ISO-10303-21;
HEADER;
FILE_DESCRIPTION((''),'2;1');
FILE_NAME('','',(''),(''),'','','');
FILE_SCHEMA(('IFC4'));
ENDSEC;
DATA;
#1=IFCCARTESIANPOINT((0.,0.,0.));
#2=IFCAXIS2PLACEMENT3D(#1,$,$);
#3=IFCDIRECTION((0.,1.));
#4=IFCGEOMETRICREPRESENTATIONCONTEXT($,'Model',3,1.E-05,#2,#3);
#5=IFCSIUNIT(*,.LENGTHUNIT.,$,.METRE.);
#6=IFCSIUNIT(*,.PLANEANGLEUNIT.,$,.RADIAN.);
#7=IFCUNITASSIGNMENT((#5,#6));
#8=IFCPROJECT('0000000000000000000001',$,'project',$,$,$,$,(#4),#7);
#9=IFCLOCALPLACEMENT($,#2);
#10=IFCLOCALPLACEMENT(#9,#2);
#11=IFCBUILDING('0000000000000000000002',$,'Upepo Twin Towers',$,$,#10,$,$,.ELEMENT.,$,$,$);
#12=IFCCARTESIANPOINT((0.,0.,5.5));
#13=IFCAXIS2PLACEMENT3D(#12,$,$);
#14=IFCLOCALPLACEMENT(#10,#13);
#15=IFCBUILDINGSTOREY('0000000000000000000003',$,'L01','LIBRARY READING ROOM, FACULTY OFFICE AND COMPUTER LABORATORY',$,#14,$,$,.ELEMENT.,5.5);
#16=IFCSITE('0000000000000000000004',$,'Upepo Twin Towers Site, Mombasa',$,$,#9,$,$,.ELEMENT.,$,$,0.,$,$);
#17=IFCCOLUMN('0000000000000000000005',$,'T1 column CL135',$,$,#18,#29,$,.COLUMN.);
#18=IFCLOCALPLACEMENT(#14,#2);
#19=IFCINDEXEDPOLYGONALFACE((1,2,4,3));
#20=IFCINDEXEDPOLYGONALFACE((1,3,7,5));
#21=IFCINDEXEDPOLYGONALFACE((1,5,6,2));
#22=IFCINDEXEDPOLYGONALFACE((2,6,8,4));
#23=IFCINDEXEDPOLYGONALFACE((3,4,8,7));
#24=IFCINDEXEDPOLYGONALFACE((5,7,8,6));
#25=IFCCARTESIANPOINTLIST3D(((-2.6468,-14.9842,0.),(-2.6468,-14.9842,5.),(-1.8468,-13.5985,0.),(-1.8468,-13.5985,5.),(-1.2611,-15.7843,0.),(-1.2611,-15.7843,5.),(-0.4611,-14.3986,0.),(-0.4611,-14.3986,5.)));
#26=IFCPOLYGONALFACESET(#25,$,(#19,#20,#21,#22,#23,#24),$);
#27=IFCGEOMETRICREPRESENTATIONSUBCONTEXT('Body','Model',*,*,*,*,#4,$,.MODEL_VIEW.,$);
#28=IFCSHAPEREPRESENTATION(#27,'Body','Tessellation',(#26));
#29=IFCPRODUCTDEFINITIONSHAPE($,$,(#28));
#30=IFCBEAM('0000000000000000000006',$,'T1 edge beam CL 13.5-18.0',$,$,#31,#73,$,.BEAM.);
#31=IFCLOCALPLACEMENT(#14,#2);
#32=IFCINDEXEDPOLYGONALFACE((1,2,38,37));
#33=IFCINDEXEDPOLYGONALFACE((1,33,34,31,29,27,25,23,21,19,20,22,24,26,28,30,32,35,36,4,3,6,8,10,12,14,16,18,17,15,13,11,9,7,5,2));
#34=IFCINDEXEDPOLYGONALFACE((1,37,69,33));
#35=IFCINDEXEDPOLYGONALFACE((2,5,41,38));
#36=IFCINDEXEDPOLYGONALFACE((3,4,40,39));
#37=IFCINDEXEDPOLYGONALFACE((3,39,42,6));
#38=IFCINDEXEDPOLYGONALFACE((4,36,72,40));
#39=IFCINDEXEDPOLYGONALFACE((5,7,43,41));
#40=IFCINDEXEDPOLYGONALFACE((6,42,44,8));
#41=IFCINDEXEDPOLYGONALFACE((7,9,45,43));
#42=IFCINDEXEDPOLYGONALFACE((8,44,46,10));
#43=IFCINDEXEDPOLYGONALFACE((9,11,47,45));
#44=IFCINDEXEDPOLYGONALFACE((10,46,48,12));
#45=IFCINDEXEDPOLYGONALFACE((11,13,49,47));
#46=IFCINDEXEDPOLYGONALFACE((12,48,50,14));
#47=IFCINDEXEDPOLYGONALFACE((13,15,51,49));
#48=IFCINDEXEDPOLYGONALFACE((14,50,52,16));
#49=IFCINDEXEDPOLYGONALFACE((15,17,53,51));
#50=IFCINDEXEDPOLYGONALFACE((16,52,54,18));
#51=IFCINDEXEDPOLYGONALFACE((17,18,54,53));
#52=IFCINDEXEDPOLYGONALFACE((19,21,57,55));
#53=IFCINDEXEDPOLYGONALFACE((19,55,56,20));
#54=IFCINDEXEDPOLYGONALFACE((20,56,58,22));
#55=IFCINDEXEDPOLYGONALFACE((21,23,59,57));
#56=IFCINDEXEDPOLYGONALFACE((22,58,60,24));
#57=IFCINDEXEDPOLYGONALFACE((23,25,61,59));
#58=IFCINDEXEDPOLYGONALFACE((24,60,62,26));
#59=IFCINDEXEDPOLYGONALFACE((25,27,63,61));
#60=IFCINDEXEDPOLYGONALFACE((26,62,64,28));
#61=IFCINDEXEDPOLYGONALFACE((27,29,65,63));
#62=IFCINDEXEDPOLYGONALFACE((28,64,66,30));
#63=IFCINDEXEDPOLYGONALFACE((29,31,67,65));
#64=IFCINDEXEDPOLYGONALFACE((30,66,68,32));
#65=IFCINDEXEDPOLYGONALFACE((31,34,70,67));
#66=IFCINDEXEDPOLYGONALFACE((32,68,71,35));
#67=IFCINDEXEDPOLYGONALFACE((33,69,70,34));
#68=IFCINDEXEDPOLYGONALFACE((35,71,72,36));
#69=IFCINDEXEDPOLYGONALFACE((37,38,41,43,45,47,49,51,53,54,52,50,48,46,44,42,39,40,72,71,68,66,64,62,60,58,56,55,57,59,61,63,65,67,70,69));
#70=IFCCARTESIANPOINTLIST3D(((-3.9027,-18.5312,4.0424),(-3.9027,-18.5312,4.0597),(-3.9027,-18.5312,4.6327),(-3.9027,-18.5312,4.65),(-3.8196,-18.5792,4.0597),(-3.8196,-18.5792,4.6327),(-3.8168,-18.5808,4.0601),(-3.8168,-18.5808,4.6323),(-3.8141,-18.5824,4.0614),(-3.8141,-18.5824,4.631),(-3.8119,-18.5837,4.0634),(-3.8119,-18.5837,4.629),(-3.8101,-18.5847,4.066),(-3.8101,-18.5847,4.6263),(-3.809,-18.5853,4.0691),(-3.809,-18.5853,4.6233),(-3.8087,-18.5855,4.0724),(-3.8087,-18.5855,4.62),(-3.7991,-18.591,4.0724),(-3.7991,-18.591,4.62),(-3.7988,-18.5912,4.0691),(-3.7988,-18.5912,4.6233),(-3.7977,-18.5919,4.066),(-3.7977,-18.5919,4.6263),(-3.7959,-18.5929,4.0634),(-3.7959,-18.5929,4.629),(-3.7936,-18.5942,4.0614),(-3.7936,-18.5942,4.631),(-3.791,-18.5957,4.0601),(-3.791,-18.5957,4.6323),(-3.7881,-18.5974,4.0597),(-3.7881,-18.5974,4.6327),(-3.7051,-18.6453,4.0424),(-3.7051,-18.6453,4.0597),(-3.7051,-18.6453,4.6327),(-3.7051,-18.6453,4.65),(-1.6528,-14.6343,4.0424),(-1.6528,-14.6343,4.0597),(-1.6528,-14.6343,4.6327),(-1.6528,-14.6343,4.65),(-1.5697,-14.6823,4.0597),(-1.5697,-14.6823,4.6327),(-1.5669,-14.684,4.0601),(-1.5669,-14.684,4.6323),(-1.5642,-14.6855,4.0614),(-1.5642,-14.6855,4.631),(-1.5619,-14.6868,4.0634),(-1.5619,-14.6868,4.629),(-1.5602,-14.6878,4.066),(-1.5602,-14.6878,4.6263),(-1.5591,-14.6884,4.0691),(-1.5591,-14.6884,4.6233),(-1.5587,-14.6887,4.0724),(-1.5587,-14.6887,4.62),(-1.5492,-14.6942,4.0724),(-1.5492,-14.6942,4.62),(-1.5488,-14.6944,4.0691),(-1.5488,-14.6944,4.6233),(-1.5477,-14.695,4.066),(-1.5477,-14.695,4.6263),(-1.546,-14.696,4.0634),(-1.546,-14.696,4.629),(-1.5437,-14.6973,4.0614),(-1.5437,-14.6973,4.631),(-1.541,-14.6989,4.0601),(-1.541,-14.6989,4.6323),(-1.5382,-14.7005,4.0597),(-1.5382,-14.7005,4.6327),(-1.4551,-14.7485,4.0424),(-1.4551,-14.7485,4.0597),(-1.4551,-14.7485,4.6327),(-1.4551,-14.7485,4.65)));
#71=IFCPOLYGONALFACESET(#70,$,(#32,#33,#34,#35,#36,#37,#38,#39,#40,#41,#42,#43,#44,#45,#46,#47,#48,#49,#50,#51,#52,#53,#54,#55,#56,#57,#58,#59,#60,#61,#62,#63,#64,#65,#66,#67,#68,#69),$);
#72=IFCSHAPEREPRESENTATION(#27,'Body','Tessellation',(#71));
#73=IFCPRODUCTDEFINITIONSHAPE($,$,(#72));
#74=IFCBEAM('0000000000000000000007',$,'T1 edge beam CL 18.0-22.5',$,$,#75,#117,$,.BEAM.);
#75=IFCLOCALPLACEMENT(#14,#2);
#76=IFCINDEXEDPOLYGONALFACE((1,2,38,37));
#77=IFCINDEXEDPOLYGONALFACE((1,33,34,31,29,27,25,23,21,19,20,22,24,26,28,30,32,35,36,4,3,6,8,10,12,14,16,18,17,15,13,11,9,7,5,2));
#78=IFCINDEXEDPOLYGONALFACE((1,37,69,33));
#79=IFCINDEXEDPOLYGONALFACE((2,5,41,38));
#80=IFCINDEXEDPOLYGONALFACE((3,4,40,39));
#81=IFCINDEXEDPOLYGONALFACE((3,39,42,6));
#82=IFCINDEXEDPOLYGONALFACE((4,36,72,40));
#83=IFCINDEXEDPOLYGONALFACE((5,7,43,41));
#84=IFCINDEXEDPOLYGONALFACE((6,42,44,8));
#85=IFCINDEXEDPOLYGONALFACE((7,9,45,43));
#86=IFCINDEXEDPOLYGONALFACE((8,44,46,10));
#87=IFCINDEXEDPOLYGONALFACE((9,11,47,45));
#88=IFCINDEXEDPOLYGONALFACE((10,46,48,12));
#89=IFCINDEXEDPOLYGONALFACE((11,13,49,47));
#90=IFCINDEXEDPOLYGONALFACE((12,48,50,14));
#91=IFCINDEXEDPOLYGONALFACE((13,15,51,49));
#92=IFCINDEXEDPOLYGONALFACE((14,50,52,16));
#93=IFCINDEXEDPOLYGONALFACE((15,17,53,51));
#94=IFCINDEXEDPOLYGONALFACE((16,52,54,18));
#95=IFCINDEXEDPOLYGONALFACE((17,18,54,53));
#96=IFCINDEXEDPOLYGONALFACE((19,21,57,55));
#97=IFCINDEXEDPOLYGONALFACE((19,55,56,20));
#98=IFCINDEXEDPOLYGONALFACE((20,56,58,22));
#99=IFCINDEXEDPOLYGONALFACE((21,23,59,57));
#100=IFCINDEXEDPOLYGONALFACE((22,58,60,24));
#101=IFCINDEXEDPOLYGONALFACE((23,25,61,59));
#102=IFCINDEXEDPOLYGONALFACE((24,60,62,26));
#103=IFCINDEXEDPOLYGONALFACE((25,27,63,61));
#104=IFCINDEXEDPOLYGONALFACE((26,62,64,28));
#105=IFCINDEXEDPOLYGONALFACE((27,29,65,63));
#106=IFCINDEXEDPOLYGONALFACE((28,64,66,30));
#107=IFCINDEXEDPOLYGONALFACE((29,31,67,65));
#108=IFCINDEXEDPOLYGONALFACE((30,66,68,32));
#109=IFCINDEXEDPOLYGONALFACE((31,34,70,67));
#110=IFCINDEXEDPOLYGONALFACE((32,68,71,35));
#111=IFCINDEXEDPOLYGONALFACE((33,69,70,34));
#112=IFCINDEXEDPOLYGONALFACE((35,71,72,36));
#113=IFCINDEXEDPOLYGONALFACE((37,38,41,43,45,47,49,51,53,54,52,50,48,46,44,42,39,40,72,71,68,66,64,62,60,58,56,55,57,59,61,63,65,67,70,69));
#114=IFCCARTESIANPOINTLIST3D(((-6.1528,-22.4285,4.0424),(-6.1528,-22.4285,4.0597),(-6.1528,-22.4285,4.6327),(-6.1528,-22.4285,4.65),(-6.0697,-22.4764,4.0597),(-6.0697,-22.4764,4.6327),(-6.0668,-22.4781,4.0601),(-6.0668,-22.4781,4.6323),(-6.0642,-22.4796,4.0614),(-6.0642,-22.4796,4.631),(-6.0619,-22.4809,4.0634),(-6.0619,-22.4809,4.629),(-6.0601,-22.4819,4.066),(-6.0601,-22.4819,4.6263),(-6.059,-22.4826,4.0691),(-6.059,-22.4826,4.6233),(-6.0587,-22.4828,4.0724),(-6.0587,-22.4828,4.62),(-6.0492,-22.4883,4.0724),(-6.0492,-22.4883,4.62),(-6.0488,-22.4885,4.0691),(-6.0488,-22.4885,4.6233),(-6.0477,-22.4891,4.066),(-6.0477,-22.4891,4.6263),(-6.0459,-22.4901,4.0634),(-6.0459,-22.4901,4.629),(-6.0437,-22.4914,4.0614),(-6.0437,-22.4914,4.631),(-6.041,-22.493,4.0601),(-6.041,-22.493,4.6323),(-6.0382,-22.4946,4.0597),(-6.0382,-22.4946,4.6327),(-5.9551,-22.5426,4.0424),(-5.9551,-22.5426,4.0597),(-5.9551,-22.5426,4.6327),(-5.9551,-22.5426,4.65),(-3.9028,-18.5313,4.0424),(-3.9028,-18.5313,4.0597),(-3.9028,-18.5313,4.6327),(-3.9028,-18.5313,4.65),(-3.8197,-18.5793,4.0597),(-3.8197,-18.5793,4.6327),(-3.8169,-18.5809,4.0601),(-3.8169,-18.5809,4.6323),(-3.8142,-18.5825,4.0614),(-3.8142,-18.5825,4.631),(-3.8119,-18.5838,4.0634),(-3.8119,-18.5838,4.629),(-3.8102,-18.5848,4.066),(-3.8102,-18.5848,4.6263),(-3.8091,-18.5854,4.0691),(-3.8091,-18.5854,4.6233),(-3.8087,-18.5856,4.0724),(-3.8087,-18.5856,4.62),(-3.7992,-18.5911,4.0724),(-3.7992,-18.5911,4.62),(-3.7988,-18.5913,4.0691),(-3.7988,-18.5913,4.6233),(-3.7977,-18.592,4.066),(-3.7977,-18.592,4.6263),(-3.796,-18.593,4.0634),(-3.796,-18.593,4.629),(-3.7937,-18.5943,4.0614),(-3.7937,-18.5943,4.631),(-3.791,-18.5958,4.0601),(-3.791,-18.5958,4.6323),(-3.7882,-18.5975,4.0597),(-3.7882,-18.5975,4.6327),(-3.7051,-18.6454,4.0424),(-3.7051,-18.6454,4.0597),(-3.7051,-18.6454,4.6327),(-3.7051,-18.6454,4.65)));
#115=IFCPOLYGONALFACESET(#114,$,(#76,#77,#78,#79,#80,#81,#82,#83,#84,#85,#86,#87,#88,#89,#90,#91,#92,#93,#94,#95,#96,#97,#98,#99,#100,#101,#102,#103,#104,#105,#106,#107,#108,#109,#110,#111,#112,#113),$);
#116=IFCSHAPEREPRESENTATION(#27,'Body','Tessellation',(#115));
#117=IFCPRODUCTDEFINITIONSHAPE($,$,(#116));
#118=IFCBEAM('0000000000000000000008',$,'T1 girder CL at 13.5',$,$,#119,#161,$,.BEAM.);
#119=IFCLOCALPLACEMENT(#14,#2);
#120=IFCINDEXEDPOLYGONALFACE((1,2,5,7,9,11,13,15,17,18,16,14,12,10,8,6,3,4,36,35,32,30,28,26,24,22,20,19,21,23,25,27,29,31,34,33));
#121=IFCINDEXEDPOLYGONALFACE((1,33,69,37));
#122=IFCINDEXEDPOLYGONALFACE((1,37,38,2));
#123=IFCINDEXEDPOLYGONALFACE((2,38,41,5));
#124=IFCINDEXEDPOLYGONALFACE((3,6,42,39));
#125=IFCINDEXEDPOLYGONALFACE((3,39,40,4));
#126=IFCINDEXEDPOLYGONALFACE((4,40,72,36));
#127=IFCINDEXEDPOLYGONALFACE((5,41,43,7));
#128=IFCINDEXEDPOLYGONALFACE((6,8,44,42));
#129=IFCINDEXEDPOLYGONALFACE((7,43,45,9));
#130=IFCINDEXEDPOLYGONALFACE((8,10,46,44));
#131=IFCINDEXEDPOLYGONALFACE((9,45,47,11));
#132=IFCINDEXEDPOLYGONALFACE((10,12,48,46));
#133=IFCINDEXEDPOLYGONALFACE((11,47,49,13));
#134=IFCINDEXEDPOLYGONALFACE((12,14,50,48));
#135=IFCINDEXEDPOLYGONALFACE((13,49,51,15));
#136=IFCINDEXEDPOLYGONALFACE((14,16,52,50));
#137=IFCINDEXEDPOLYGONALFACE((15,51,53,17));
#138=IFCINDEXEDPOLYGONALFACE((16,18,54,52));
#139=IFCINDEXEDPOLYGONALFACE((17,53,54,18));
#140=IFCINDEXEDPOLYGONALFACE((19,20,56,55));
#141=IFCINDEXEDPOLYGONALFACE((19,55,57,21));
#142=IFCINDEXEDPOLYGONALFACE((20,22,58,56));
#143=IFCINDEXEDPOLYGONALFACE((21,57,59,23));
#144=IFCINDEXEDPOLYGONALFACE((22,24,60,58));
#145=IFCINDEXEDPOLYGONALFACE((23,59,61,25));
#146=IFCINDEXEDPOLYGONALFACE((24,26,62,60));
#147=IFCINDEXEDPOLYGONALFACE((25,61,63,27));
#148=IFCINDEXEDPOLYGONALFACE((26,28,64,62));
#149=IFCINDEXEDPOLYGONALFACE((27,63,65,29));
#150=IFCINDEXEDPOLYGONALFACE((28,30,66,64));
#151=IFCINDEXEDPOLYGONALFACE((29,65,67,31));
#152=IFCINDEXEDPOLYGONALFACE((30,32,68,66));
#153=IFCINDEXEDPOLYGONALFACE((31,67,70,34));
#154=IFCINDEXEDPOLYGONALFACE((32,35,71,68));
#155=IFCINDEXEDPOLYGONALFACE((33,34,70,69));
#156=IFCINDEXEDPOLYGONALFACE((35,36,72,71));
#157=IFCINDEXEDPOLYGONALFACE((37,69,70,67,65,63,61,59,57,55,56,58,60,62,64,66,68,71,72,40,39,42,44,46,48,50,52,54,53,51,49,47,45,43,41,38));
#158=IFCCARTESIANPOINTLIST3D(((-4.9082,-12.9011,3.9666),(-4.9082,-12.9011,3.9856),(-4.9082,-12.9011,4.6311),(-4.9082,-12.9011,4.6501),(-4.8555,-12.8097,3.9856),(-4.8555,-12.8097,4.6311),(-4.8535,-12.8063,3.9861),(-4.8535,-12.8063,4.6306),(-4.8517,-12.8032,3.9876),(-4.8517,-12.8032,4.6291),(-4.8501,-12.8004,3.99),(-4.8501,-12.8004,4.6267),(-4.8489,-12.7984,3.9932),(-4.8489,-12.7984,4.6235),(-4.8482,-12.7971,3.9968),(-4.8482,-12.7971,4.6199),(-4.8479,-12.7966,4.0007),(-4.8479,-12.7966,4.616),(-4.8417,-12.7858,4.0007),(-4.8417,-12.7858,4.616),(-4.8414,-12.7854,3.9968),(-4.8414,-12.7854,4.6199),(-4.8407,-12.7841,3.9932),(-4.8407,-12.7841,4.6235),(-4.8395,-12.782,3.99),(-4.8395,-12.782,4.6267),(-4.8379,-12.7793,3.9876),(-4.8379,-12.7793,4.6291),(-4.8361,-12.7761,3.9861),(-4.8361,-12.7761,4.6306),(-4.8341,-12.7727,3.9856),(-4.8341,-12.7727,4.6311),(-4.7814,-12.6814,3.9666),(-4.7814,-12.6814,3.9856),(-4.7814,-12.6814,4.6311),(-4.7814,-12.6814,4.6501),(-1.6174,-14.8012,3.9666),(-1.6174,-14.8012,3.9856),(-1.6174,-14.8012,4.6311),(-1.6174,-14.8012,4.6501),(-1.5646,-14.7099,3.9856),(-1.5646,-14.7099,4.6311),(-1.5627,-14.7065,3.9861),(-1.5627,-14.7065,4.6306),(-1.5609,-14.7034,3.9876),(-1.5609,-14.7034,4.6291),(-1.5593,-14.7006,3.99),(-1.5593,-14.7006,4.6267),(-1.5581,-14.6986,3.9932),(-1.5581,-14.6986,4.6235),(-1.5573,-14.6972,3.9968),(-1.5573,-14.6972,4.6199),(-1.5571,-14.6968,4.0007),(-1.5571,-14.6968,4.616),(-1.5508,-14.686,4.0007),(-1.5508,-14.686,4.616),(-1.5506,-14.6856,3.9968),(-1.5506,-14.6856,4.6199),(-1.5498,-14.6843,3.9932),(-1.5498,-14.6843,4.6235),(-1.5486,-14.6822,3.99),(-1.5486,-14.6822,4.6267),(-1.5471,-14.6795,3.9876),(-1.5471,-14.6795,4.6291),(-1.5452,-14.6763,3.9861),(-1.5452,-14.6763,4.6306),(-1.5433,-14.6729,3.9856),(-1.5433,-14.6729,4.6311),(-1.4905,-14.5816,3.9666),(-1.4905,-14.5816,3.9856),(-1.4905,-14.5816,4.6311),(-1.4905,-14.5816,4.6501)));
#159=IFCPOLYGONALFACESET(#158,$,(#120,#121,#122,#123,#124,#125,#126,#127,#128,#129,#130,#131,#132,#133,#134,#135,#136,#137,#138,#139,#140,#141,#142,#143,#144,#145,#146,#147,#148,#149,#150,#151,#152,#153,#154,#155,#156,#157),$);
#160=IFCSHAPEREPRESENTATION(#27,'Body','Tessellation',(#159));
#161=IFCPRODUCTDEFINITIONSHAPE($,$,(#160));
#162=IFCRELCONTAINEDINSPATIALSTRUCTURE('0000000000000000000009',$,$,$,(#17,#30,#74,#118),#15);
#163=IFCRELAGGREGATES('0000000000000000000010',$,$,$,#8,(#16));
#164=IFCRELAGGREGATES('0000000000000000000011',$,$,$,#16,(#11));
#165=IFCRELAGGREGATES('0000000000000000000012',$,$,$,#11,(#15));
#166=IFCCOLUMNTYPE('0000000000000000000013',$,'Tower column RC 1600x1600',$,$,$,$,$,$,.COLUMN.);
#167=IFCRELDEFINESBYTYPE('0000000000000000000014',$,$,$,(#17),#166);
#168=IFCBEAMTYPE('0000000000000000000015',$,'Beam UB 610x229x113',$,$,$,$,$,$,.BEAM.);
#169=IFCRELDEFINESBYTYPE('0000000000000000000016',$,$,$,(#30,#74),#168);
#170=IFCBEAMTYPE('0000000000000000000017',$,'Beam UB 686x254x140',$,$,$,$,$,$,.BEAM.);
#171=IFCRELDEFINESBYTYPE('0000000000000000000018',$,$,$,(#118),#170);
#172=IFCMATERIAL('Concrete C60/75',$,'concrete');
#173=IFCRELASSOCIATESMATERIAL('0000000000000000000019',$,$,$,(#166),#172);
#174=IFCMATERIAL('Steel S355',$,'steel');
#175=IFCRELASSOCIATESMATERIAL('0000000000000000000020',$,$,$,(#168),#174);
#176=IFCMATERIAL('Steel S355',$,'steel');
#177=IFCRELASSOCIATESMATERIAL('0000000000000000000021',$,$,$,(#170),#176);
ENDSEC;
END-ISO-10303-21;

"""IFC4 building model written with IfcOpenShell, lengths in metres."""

from ifc_helpers import new_model, si_unit, direction, frame, origin, origin_2d, place, context, subcontext, project, spatial, rectangle, i_section, extrude, material, material_profile, profile_set, type_object, element, save


model = new_model("IFC4")

# Units and contexts
model_context = context("Model", 3, precision=1e-05, world=origin(), true_north=direction((0.0, 1.0)))
body_context = subcontext(model_context, "Body", "Model", "MODEL_VIEW")
ifc_project = project(units=[si_unit("LENGTHUNIT", "METRE"), si_unit("PLANEANGLEUNIT", "RADIAN")], contexts=[model_context])

# Site, building, storey
site_placement = place(None, origin())
site = spatial("IfcSite", under=ifc_project, at=site_placement, Name="Upepo Twin Towers Site, Mombasa", CompositionType="ELEMENT", RefElevation=0.0)
building_placement = place(site_placement, origin())
building = spatial("IfcBuilding", under=site, at=building_placement, Name="Upepo Twin Towers", CompositionType="ELEMENT")
storey_placement = place(building_placement, frame((0.0, 0.0, 5.5)))
storey = spatial("IfcBuildingStorey", under=building, at=storey_placement, Name="L01", Description="LIBRARY READING ROOM, FACULTY OFFICE AND COMPUTER LABORATORY", CompositionType="ELEMENT", Elevation=5.5)

# Column
ifc_material_1 = material(Name="Concrete C60/75", Category="concrete")
ifc_material_profile_1 = material_profile(ifc_material_1, rectangle(XDim=1.6001, YDim=1.6001, at=origin_2d()), Name="RC 1600x1600")
ifc_profile_set_1 = profile_set([ifc_material_profile_1], Name="Concrete C60/75")
column_type = type_object("IfcColumnType", Name="Tower column RC 1600x1600", PredefinedType="COLUMN", material=ifc_profile_set_1)
column_placement = place(storey_placement, frame((-1.554, -14.6914, 0.0), z_axis=(0.0, 0.0, 1.0), x_axis=(0.5, 0.866025, 0.0)))
element("IfcColumn", 1, at=column_placement, inside=storey, type_object=column_type, Name="T1 column CL135", PredefinedType="COLUMN", context=body_context, shape_type="SweptSolid", body=[
    extrude(rectangle(XDim=1.6001, YDim=1.6001, at=origin_2d()), origin(), (0.0, 0.0, 1.0), 5.0),
])

# Beams
ifc_material_2 = material(Name="Steel S355", Category="steel")
ifc_material_profile_2 = material_profile(ifc_material_2, i_section(OverallWidth=0.2283, OverallDepth=0.6077, WebThickness=0.011, FlangeThickness=0.0173, FilletRadius=0.0127, at=origin_2d()), Name="UB 610x229x113")
ifc_profile_set_2 = profile_set([ifc_material_profile_2], Name="Steel S355")
beam_type_1 = type_object("IfcBeamType", Name="Beam UB 610x229x113", PredefinedType="BEAM", material=ifc_profile_set_2)
beam_1_placement = place(storey_placement, frame((-1.554, -14.6914, 4.3462), z_axis=(-0.500014, -0.866018, 0.0), x_axis=(0.866018, -0.500014, 0.0)))
element("IfcBeam", 2, at=beam_1_placement, inside=storey, type_object=beam_type_1, Name="T1 edge beam CL 13.5-18.0", PredefinedType="BEAM", context=body_context, shape_type="SweptSolid", body=[
    extrude(i_section(OverallWidth=0.2283, OverallDepth=0.6077, WebThickness=0.011, FlangeThickness=0.0173, FilletRadius=0.0127, at=origin_2d()), origin(), (0.0, 0.0, 1.0), 4.4998),
])
beam_2_placement = place(storey_placement, frame((-3.804, -18.5884, 4.3462), z_axis=(-0.49999, -0.866031, 0.0), x_axis=(0.866031, -0.49999, 0.0)))
element("IfcBeam", 3, at=beam_2_placement, inside=storey, type_object=beam_type_1, Name="T1 edge beam CL 18.0-22.5", PredefinedType="BEAM", context=body_context, shape_type="SweptSolid", body=[
    extrude(i_section(OverallWidth=0.2283, OverallDepth=0.6077, WebThickness=0.011, FlangeThickness=0.0173, FilletRadius=0.0127, at=origin_2d()), origin(), (0.0, 0.0, 1.0), 4.5),
])
ifc_material_3 = material(Name="Steel S355", Category="steel")
ifc_material_profile_3 = material_profile(ifc_material_3, i_section(OverallWidth=0.2537, OverallDepth=0.6836, WebThickness=0.0125, FlangeThickness=0.019, FilletRadius=0.0151, at=origin_2d()), Name="UB 686x254x140")
ifc_profile_set_3 = profile_set([ifc_material_profile_3], Name="Steel S355")
beam_type_2 = type_object("IfcBeamType", Name="Beam UB 686x254x140", PredefinedType="BEAM", material=ifc_profile_set_3)
beam_3_placement = place(storey_placement, frame((-1.554, -14.6914, 4.3083), z_axis=(-0.866, 0.500043, 0.0), x_axis=(-0.500043, -0.866, 0.0)))
element("IfcBeam", 4, at=beam_3_placement, inside=storey, type_object=beam_type_2, Name="T1 girder CL at 13.5", PredefinedType="BEAM", context=body_context, shape_type="SweptSolid", body=[
    extrude(i_section(OverallWidth=0.2537, OverallDepth=0.6836, WebThickness=0.0125, FlangeThickness=0.019, FilletRadius=0.0151, at=origin_2d()), origin(), (0.0, 0.0, 1.0), 3.8),
])

save(model, "model.ifc")
